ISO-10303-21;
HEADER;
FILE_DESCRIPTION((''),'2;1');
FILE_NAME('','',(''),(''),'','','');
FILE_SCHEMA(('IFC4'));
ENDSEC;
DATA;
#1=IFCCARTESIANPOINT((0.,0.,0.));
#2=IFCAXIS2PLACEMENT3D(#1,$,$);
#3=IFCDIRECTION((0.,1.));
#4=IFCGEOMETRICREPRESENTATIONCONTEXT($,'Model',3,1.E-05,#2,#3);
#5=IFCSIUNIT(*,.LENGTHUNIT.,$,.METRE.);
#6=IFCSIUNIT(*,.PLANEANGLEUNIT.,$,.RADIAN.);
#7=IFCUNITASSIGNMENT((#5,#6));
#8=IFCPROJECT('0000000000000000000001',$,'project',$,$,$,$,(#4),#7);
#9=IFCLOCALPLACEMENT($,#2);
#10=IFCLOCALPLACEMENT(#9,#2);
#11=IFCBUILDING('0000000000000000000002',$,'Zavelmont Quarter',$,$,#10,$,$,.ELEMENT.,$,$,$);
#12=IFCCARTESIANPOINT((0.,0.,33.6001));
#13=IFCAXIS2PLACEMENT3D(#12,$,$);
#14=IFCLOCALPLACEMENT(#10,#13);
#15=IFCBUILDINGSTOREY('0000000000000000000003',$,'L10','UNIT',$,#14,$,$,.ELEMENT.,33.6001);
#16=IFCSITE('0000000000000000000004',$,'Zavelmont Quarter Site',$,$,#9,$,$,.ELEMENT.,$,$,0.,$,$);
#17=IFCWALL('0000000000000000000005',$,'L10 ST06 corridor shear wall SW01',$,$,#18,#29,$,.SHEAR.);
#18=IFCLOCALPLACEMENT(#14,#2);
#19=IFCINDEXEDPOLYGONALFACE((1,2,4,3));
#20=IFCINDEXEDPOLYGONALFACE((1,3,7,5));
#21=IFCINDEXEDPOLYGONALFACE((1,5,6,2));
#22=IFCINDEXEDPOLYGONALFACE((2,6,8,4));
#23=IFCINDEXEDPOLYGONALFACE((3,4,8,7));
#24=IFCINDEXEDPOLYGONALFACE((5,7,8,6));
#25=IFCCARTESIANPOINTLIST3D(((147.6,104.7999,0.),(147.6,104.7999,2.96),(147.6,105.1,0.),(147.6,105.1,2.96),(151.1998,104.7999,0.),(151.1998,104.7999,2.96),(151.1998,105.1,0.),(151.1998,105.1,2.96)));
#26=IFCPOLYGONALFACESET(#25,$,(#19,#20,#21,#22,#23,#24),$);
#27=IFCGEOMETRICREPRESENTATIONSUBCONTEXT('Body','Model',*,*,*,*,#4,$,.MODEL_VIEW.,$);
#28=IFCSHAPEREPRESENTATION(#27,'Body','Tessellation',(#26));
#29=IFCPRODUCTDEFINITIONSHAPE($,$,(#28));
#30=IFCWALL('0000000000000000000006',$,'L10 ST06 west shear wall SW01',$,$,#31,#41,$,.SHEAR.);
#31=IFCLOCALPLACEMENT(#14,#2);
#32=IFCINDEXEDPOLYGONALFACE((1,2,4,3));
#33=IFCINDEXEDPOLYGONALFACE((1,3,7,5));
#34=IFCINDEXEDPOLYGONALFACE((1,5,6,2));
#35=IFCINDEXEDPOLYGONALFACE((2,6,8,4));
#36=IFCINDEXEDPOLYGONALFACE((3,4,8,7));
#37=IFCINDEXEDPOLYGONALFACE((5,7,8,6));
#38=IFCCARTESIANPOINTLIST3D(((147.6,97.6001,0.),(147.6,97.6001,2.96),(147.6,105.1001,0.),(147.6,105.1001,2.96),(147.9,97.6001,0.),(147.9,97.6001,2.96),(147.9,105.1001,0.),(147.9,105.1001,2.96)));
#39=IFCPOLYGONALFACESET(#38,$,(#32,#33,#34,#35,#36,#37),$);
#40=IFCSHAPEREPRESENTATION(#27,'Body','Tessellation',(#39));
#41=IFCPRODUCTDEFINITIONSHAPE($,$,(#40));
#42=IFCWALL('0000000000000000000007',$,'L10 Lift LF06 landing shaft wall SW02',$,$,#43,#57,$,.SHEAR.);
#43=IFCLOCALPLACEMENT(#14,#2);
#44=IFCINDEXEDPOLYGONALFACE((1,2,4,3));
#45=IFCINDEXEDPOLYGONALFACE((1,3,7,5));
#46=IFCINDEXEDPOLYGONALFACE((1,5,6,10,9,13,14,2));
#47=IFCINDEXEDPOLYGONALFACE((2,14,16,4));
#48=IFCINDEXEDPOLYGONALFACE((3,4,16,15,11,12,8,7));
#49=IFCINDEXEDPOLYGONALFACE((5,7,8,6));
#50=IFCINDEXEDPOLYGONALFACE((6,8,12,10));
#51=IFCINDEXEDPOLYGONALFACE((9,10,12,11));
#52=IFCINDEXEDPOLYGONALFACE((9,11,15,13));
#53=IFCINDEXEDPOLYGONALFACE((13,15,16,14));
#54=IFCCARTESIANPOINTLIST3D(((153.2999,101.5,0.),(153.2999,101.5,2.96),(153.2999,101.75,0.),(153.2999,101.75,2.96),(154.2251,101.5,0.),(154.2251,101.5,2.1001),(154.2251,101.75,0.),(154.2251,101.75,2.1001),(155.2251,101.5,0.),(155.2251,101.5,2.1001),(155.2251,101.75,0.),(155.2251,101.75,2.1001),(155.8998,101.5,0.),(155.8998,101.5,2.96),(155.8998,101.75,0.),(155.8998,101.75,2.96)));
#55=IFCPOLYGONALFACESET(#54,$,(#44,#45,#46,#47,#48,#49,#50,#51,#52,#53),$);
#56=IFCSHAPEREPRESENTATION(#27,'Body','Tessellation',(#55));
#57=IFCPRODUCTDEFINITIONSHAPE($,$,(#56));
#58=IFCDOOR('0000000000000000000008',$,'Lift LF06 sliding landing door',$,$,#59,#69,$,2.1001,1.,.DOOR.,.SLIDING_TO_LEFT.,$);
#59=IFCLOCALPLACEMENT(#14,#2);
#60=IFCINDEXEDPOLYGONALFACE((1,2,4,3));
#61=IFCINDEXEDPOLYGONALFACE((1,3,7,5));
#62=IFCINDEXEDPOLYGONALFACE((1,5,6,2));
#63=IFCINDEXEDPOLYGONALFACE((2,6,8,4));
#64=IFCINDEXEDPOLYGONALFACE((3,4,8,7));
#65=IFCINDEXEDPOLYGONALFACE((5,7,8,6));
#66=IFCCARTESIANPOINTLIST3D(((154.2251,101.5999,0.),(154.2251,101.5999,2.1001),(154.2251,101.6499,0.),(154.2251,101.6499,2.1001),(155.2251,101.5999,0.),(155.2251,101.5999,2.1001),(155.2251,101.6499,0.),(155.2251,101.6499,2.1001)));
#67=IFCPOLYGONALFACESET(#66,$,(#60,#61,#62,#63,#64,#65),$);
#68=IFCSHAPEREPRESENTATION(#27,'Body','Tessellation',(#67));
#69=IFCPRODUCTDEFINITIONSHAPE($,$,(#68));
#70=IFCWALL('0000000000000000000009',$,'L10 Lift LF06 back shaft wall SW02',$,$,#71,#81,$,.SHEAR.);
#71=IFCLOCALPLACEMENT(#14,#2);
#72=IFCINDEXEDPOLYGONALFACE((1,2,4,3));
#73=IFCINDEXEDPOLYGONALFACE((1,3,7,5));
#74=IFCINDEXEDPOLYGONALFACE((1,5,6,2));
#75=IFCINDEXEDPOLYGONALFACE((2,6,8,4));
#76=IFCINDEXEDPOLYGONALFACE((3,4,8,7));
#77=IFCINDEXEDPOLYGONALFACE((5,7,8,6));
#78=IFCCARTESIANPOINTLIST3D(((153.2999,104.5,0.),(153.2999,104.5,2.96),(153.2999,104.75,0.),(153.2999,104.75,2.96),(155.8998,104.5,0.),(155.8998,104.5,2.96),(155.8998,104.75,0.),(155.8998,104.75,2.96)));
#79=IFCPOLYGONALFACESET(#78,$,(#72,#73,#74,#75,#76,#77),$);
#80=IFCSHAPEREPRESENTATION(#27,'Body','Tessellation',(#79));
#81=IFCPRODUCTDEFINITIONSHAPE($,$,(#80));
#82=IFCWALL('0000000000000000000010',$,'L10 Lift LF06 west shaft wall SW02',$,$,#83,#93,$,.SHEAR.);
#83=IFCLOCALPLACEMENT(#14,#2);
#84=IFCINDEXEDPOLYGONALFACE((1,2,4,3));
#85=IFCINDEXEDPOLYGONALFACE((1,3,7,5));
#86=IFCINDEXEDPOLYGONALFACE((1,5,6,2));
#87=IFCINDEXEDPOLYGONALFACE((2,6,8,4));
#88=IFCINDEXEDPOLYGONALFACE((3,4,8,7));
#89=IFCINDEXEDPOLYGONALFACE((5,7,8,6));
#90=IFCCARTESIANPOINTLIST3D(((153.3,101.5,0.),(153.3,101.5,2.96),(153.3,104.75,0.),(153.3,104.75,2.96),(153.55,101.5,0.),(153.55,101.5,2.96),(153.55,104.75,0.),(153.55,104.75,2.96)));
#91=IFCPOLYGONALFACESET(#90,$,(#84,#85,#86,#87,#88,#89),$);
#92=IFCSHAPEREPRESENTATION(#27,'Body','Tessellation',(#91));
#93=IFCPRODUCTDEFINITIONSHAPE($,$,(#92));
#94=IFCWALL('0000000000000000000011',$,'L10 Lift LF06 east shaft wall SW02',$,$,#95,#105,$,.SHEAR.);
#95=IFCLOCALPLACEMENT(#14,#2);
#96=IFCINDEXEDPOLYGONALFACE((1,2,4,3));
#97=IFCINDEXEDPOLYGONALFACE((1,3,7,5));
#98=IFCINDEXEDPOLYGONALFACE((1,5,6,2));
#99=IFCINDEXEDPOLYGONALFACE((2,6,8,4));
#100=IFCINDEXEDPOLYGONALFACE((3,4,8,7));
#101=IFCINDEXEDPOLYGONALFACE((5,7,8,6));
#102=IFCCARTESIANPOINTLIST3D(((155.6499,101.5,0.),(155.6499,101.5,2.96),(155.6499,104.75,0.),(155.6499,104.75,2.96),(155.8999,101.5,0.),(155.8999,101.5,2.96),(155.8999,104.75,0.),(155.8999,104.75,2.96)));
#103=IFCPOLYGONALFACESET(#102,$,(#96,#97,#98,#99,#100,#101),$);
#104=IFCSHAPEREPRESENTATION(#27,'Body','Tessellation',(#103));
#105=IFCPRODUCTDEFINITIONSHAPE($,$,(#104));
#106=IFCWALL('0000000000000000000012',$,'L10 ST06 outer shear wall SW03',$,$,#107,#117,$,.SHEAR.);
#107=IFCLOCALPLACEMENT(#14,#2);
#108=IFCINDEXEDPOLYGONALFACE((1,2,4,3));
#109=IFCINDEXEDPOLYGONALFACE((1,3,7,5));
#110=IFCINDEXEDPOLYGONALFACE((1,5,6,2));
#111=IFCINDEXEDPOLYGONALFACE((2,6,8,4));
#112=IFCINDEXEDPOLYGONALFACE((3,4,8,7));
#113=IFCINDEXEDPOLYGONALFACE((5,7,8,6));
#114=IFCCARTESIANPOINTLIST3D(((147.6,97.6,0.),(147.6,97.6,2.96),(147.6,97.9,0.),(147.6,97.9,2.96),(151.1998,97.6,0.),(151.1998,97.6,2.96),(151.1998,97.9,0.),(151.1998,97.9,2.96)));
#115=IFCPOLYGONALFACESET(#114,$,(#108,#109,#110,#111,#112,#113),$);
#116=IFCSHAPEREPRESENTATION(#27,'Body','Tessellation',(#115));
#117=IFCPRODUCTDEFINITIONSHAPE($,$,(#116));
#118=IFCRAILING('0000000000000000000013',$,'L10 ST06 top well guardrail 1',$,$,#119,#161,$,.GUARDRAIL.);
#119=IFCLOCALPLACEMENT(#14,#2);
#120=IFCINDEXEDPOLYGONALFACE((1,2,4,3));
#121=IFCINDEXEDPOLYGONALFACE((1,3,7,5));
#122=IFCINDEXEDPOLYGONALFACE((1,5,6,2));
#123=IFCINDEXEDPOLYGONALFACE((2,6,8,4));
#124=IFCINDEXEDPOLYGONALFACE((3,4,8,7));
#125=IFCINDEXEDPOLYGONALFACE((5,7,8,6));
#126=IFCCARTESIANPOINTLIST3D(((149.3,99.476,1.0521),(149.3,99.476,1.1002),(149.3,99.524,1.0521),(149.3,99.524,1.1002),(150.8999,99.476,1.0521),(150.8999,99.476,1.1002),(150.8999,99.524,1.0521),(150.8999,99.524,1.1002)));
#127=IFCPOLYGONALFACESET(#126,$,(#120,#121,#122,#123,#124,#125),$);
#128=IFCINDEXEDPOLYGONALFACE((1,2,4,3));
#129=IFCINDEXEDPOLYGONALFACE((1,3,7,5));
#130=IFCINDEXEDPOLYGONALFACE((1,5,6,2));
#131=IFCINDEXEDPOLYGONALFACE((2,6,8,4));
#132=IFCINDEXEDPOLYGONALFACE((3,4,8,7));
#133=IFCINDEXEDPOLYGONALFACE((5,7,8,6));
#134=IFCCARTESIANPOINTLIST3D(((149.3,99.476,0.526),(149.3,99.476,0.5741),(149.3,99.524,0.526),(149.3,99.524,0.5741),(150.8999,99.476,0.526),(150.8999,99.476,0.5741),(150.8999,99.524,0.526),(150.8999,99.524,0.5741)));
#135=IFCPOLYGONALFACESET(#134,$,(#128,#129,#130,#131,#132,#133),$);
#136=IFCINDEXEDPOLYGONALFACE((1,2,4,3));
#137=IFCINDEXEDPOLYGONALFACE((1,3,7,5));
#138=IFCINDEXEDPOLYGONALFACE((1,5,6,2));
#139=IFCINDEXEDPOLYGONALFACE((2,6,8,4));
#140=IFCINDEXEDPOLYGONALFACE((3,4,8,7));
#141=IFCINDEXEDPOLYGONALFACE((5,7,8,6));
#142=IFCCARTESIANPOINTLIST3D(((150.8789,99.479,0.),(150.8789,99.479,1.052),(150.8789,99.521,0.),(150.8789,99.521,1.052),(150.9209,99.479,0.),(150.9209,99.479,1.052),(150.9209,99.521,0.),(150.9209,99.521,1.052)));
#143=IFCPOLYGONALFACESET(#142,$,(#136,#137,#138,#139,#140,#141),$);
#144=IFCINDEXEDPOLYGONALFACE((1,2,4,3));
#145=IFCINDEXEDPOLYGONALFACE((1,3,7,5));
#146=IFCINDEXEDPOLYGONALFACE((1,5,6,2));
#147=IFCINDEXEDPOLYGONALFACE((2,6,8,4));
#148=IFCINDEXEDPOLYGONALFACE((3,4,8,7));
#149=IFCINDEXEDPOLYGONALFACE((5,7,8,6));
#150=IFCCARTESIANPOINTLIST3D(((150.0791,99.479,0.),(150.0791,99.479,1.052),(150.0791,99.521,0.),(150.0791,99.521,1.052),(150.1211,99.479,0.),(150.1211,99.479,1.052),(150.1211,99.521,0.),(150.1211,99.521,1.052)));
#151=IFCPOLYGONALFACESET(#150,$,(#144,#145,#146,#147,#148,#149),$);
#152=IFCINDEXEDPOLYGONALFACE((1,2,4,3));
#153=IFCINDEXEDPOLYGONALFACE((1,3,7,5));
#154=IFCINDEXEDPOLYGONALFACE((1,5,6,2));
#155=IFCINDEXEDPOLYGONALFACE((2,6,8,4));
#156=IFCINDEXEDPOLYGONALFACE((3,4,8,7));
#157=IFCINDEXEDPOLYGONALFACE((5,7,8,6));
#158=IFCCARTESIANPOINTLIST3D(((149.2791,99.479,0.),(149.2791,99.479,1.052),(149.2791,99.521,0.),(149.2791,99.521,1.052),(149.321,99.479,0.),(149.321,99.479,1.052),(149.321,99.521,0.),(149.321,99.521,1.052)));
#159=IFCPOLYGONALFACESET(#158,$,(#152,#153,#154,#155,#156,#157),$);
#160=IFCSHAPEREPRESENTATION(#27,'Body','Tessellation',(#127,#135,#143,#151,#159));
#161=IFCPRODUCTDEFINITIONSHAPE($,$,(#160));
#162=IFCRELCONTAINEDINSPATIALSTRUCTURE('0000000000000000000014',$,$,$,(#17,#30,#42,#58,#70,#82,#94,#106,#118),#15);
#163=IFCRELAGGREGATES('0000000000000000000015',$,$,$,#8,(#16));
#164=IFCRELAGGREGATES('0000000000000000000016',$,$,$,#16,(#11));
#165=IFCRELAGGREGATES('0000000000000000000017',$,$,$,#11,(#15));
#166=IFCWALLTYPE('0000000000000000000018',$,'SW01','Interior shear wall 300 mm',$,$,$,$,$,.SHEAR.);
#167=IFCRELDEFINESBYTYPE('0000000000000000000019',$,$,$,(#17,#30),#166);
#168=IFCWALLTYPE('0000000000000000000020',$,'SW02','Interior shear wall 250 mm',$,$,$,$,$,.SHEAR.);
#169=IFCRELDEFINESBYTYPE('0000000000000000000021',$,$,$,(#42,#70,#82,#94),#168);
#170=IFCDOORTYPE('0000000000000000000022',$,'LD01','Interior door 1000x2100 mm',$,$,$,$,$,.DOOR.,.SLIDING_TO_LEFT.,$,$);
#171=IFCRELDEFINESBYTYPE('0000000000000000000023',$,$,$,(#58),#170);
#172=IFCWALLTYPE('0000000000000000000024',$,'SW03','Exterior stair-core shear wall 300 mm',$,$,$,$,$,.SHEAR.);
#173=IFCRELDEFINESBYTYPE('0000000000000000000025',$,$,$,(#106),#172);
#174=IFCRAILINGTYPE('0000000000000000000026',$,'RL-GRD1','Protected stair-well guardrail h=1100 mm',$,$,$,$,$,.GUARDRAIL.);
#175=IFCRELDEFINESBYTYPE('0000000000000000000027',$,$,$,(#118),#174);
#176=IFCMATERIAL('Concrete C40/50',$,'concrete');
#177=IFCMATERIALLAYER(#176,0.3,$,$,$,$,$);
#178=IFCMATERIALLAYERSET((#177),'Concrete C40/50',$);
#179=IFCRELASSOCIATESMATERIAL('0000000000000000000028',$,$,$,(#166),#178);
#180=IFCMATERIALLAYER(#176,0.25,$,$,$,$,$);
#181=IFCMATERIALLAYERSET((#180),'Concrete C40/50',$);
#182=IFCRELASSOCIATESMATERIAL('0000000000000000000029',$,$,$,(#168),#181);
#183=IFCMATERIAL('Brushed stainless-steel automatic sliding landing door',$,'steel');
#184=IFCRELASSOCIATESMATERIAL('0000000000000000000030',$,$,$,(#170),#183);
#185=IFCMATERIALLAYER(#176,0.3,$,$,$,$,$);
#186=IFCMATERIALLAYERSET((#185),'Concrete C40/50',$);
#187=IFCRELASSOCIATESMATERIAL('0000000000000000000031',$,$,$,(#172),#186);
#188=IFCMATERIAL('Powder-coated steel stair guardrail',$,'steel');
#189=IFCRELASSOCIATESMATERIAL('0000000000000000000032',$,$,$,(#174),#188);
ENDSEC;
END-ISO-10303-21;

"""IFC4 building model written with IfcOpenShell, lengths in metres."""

from ifc_helpers import new_model, si_unit, direction, frame, frame_2d, origin, origin_with_axes, origin_2d, place, context, subcontext, project, spatial, rectangle, extrude, material, layer, layer_set, type_object, element, fill, save


model = new_model("IFC4")

# Units and contexts
model_context = context("Model", 3, precision=1e-05, world=origin(), true_north=direction((0.0, 1.0)))
body_context = subcontext(model_context, "Body", "Model", "MODEL_VIEW")
ifc_project = project(units=[si_unit("LENGTHUNIT", "METRE"), si_unit("PLANEANGLEUNIT", "RADIAN")], contexts=[model_context])

# Site, building, storey
site_placement = place(None, origin())
site = spatial("IfcSite", under=ifc_project, at=site_placement, Name="Zavelmont Quarter Site", CompositionType="ELEMENT", RefElevation=0.0)
building_placement = place(site_placement, origin())
building = spatial("IfcBuilding", under=site, at=building_placement, Name="Zavelmont Quarter", CompositionType="ELEMENT")
storey_placement = place(building_placement, frame((0.0, 0.0, 33.6001)))
storey = spatial("IfcBuildingStorey", under=building, at=storey_placement, Name="L10", Description="UNIT", CompositionType="ELEMENT", Elevation=33.6001)

# Walls
ifc_material_1 = material(Name="Concrete C40/50", Category="concrete")
ifc_layer_1 = layer(ifc_material_1, 0.3)
ifc_layer_set_1 = layer_set([ifc_layer_1], Name="Concrete C40/50")
wall_type_1 = type_object("IfcWallType", Name="SW01", Description="Interior shear wall 300 mm", PredefinedType="SHEAR", material=ifc_layer_set_1)
wall_1_placement = place(storey_placement, frame((147.6001, 104.95, 0.0), z_axis=(0.0, 0.0, 1.0), x_axis=(1.0, 0.0, 0.0)))
element("IfcWall", 1, at=wall_1_placement, inside=storey, type_object=wall_type_1, Name="L10 ST06 corridor shear wall SW01", PredefinedType="SHEAR", context=body_context, shape_type="SweptSolid", body=[
    extrude(rectangle(XDim=3.5999, YDim=0.3, at=frame_2d((1.7998, 0.0))), origin(), (0.0, 0.0, 1.0), 2.96),
])
wall_2_placement = place(storey_placement, frame((147.75, 97.6001, 0.0), z_axis=(0.0, 0.0, 1.0), x_axis=(0.0, 1.0, 0.0)))
element("IfcWall", 2, at=wall_2_placement, inside=storey, type_object=wall_type_1, Name="L10 ST06 west shear wall SW01", PredefinedType="SHEAR", context=body_context, shape_type="SweptSolid", body=[
    extrude(rectangle(XDim=7.5, YDim=0.3, at=frame_2d((3.75, 0.0))), origin(), (0.0, 0.0, 1.0), 2.96),
])

# Wall, opening, door
ifc_layer_2 = layer(ifc_material_1, 0.25)
ifc_layer_set_2 = layer_set([ifc_layer_2], Name="Concrete C40/50")
wall_type_2 = type_object("IfcWallType", Name="SW02", Description="Interior shear wall 250 mm", PredefinedType="SHEAR", material=ifc_layer_set_2)
wall_3_placement = place(storey_placement, frame((153.3, 101.625, 0.0), z_axis=(0.0, 0.0, 1.0), x_axis=(1.0, 0.0, 0.0)))
wall_3 = element("IfcWall", 3, at=wall_3_placement, inside=storey, type_object=wall_type_2, Name="L10 Lift LF06 landing shaft wall SW02", PredefinedType="SHEAR", context=body_context, shape_type="SweptSolid", body=[
    extrude(rectangle(XDim=2.5999, YDim=0.25, at=frame_2d((1.2998, 0.0))), origin(), (0.0, 0.0, 1.0), 2.96),
])
opening_1_placement = place(wall_3_placement, frame((0.925, 0.0, 0.0)))
opening_1 = element("IfcOpeningElement", 4, at=opening_1_placement, cuts=wall_3, PredefinedType="OPENING", context=body_context, shape_type="SweptSolid", body=[
    extrude(rectangle(XDim=1.0, YDim=2.1001, at=frame_2d((0.5, 1.05))), frame((0.0, 0.137, 0.0), z_axis=(0.0, -1.0, 0.0), x_axis=(1.0, 0.0, 0.0)), (0.0, 0.0, 1.0), 0.2739),
])
ifc_material_2 = material(Name="Brushed stainless-steel automatic sliding landing door", Category="steel")
door_type_1 = type_object("IfcDoorType", Name="LD01", Description="Interior door 1000x2100 mm", OperationType="SLIDING_TO_LEFT", PredefinedType="DOOR", material=ifc_material_2)
door_1_placement = place(opening_1_placement, origin_with_axes())
door_1 = element("IfcDoor", 5, at=door_1_placement, inside=storey, type_object=door_type_1, Name="Lift LF06 sliding landing door", OperationType="SLIDING_TO_LEFT", OverallHeight=2.1001, OverallWidth=1.0, PredefinedType="DOOR", context=body_context, shape_type="SweptSolid", body=[
    extrude(rectangle(XDim=1.0, YDim=2.1001, at=frame_2d((0.5, 1.05))), frame((0.0, 0.0249, 0.0), z_axis=(0.0, -1.0, 0.0), x_axis=(1.0, 0.0, 0.0)), (0.0, 0.0, 1.0), 0.05),
])
fill(opening_1, door_1)

# Walls
wall_4_placement = place(storey_placement, frame((153.3, 104.625, 0.0), z_axis=(0.0, 0.0, 1.0), x_axis=(1.0, 0.0, 0.0)))
element("IfcWall", 6, at=wall_4_placement, inside=storey, type_object=wall_type_2, Name="L10 Lift LF06 back shaft wall SW02", PredefinedType="SHEAR", context=body_context, shape_type="SweptSolid", body=[
    extrude(rectangle(XDim=2.5999, YDim=0.25, at=frame_2d((1.2998, 0.0))), origin(), (0.0, 0.0, 1.0), 2.96),
])
for number, where, z_axis, x_axis, name in (
    (7, (153.425, 101.5, 0.0), (0.0, 0.0, 1.0), (0.0, 1.0, 0.0), "L10 Lift LF06 west shaft wall SW02"),
    (8, (155.7749, 101.5, 0.0), (0.0, 0.0, 1.0), (0.0, 1.0, 0.0), "L10 Lift LF06 east shaft wall SW02"),
):
    element("IfcWall", number, at=place(storey_placement, frame(where, z_axis=z_axis, x_axis=x_axis)), inside=storey, type_object=wall_type_2, Name=name, PredefinedType="SHEAR", context=body_context, shape_type="SweptSolid", body=[
        extrude(rectangle(XDim=3.25, YDim=0.25, at=frame_2d((1.625, 0.0))), origin(), (0.0, 0.0, 1.0), 2.96),
    ])
ifc_layer_3 = layer(ifc_material_1, 0.3)
ifc_layer_set_3 = layer_set([ifc_layer_3], Name="Concrete C40/50")
wall_type_3 = type_object("IfcWallType", Name="SW03", Description="Exterior stair-core shear wall 300 mm", PredefinedType="SHEAR", material=ifc_layer_set_3)
wall_5_placement = place(storey_placement, frame((147.6001, 97.75, 0.0), z_axis=(0.0, 0.0, 1.0), x_axis=(1.0, 0.0, 0.0)))
element("IfcWall", 9, at=wall_5_placement, inside=storey, type_object=wall_type_3, Name="L10 ST06 outer shear wall SW03", PredefinedType="SHEAR", context=body_context, shape_type="SweptSolid", body=[
    extrude(rectangle(XDim=3.5999, YDim=0.3, at=frame_2d((1.7998, 0.0))), origin(), (0.0, 0.0, 1.0), 2.96),
])

# Railing
ifc_material_3 = material(Name="Powder-coated steel stair guardrail", Category="steel")
railing_type = type_object("IfcRailingType", Name="RL-GRD1", Description="Protected stair-well guardrail h=1100 mm", PredefinedType="GUARDRAIL", material=ifc_material_3)
railing_placement = place(storey_placement, frame((150.8999, 99.5, 0.0)))
element("IfcRailing", 10, at=railing_placement, inside=storey, type_object=railing_type, Name="L10 ST06 top well guardrail 1", PredefinedType="GUARDRAIL", context=body_context, shape_type="SweptSolid", body=[
    extrude(rectangle(XDim=0.0481, YDim=0.0481, at=origin_2d()), frame((0.0, 0.0, 1.0762), z_axis=(-1.0, 0.0, 0.0), x_axis=(0.0, -1.0, 0.0)), (0.0, 0.0, 1.0), 1.5999),
    extrude(rectangle(XDim=0.0481, YDim=0.0481, at=origin_2d()), frame((0.0, 0.0, 0.55), z_axis=(-1.0, 0.0, 0.0), x_axis=(0.0, -1.0, 0.0)), (0.0, 0.0, 1.0), 1.5999),
    extrude(rectangle(XDim=0.042, YDim=0.042, at=origin_2d()), origin(), (0.0, 0.0, 1.0), 1.052),
    extrude(rectangle(XDim=0.042, YDim=0.042, at=origin_2d()), frame((-0.7998, 0.0, 0.0)), (0.0, 0.0, 1.0), 1.052),
    extrude(rectangle(XDim=0.042, YDim=0.042, at=origin_2d()), frame((-1.5999, 0.0, 0.0)), (0.0, 0.0, 1.0), 1.052),
])

save(model, "model.ifc")
